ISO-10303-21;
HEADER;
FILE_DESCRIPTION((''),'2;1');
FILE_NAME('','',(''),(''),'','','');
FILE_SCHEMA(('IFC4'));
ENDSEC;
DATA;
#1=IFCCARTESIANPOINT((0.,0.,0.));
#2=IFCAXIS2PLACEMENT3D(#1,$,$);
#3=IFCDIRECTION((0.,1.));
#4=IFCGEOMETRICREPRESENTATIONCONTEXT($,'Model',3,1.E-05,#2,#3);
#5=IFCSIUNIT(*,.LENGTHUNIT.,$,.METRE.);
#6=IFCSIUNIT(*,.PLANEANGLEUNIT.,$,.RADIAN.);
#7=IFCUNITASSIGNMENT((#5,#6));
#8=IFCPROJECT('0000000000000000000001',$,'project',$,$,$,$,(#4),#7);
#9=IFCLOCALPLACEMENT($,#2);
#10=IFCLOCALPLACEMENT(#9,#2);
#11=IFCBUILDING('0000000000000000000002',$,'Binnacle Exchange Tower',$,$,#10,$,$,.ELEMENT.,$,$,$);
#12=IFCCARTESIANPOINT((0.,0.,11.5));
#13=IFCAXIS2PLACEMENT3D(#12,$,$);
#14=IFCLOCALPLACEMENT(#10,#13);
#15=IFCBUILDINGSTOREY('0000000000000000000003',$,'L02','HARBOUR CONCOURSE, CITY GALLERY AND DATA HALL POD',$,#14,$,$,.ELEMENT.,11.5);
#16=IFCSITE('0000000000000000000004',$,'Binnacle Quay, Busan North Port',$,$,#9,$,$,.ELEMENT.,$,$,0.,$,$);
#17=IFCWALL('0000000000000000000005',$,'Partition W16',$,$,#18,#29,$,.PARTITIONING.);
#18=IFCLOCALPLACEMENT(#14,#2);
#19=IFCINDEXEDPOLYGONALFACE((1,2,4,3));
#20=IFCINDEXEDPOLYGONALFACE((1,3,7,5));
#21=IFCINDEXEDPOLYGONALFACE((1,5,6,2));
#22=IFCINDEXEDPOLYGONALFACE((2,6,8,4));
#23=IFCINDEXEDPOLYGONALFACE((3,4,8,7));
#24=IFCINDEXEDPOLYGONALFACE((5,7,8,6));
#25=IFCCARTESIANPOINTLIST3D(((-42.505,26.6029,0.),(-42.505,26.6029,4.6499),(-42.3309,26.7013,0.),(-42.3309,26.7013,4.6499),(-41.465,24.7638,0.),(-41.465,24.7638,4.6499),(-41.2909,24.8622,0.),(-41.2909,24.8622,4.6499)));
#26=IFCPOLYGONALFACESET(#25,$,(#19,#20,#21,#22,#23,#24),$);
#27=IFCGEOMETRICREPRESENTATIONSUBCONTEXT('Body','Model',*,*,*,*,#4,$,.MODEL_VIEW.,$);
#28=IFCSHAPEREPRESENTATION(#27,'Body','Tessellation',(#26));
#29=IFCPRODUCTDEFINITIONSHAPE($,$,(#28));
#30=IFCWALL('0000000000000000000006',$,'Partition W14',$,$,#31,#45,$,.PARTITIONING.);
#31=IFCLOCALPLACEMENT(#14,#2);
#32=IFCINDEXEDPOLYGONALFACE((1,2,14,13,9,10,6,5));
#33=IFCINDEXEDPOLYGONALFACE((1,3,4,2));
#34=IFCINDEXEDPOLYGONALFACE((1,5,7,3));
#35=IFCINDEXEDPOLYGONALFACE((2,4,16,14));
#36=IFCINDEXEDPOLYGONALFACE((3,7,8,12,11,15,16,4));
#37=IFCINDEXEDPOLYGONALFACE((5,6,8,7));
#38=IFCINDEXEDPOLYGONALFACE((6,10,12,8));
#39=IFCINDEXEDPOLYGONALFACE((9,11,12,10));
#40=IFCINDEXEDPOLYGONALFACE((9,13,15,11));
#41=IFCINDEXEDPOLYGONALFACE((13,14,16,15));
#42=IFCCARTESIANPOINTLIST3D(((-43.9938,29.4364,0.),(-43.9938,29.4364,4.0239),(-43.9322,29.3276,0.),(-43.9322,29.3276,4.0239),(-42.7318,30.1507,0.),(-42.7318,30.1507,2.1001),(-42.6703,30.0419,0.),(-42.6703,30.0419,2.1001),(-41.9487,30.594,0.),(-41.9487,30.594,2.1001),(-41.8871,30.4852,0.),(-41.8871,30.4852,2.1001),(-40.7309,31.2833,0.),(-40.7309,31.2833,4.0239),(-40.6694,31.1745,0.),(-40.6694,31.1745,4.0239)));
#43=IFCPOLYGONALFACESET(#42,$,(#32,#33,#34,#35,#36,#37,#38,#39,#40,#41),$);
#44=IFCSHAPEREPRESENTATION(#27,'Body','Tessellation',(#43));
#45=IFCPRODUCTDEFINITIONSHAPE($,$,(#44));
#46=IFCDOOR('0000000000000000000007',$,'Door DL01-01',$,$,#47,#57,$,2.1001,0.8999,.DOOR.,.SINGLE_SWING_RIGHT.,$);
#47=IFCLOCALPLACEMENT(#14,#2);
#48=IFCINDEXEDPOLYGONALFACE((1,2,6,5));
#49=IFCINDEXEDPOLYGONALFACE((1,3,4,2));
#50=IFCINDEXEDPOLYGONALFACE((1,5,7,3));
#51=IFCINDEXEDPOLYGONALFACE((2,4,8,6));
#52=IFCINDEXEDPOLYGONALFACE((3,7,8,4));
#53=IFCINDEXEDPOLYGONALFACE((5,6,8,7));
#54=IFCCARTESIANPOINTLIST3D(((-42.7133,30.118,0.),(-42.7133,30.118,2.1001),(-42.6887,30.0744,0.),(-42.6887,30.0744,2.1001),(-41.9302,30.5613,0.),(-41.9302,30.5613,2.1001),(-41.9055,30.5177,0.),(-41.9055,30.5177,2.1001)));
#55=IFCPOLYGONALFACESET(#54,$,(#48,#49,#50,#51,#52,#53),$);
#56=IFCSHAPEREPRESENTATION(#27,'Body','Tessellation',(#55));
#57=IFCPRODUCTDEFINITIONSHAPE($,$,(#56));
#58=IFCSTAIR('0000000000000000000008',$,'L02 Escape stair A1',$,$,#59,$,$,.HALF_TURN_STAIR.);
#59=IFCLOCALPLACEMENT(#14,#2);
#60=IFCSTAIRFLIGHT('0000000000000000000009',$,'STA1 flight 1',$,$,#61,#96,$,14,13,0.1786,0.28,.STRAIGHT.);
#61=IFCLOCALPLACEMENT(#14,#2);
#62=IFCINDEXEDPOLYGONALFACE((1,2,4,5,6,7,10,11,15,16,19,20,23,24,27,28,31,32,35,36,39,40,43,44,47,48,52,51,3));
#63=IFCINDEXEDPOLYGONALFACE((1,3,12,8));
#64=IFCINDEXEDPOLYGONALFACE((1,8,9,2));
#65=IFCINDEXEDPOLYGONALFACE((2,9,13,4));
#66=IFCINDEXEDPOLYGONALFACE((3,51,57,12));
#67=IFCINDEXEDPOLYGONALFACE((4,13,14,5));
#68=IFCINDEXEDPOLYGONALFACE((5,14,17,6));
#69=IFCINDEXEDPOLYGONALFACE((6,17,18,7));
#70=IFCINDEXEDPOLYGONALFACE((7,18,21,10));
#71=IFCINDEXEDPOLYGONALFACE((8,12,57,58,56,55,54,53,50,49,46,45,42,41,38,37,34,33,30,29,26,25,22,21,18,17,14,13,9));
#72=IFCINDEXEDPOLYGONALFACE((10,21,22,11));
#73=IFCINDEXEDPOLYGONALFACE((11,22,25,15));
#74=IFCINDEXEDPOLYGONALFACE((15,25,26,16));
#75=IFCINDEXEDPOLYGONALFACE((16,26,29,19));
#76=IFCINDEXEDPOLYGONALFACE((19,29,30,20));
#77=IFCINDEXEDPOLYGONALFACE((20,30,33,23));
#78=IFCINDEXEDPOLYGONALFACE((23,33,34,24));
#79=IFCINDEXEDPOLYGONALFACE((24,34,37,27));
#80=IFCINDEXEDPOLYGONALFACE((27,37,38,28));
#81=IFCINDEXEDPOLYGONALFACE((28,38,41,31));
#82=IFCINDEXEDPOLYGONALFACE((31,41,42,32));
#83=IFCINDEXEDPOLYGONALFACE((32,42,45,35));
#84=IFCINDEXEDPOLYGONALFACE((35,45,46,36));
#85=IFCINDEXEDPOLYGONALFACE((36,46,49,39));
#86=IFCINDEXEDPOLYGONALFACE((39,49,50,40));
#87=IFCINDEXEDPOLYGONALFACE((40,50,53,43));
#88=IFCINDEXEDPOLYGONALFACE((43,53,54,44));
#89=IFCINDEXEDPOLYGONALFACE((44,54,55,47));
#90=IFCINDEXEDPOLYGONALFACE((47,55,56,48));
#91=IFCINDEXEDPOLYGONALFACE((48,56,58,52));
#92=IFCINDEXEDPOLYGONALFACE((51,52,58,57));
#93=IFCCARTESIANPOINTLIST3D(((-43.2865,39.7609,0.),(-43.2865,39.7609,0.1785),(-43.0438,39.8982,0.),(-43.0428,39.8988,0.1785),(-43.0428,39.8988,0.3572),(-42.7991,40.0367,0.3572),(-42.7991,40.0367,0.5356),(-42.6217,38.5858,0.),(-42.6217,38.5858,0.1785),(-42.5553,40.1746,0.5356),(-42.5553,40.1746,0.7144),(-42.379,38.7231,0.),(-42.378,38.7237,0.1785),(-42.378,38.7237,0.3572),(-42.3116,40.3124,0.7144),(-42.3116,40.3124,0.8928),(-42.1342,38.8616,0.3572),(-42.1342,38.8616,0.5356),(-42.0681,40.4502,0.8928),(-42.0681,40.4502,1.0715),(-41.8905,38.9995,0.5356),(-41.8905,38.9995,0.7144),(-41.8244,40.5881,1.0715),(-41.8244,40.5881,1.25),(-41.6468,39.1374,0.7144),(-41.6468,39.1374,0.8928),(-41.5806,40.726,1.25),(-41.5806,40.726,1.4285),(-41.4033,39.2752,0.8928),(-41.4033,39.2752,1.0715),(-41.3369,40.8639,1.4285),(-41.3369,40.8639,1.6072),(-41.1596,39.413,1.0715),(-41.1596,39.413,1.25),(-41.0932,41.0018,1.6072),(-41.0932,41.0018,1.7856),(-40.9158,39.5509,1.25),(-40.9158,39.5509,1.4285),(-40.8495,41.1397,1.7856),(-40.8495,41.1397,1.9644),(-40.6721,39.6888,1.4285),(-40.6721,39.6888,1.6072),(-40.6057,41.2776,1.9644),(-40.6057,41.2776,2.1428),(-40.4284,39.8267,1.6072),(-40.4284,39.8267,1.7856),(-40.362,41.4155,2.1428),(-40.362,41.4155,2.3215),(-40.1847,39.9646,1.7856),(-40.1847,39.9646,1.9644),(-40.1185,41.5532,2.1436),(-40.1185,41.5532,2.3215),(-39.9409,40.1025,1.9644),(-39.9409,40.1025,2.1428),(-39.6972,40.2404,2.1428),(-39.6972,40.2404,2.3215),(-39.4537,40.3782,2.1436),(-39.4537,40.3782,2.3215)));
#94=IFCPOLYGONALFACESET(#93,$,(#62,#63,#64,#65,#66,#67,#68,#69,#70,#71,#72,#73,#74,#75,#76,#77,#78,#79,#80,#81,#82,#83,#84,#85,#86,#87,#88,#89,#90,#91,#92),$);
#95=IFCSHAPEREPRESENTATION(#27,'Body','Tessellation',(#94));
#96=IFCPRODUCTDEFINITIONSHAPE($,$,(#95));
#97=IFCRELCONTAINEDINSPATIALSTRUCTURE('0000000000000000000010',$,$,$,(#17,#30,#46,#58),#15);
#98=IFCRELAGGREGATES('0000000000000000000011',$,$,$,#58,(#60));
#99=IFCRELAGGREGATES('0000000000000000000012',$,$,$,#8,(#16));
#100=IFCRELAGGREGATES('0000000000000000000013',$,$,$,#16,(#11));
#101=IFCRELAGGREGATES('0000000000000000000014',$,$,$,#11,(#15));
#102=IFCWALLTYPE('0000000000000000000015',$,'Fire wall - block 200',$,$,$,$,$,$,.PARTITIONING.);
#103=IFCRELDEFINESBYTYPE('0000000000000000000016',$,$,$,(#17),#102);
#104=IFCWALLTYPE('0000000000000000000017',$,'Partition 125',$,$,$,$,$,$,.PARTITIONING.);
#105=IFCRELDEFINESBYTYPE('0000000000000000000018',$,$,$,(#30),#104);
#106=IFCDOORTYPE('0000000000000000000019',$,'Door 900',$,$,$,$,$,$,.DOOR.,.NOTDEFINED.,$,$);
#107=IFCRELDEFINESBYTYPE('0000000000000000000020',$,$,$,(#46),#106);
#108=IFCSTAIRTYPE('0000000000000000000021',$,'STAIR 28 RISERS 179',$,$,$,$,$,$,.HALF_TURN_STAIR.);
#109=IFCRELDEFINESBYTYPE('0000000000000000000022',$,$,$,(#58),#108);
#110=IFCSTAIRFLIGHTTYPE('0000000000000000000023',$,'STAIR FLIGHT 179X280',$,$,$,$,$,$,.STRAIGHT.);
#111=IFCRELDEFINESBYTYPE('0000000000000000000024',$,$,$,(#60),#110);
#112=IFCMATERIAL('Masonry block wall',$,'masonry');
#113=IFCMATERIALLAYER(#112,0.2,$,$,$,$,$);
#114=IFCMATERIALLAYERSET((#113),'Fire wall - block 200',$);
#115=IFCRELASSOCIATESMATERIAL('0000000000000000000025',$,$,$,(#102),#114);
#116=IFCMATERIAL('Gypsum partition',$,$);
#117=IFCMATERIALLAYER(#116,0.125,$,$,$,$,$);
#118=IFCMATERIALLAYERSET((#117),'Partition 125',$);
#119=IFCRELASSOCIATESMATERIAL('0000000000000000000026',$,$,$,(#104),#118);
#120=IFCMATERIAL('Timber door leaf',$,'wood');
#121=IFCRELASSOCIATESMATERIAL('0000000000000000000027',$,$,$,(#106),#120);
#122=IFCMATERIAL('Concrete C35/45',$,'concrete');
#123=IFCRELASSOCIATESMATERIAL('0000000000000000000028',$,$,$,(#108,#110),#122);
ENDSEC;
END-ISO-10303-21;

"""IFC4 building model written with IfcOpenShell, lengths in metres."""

from ifc_helpers import new_model, si_unit, direction, frame, frame_2d, origin, place, context, subcontext, project, spatial, polyline, rectangle, outline, extrude, material, layer, layer_set, type_object, element, fill, aggregate, save


model = new_model("IFC4")

# Units and contexts
model_context = context("Model", 3, precision=1e-05, world=origin(), true_north=direction((0.0, 1.0)))
body_context = subcontext(model_context, "Body", "Model", "MODEL_VIEW")
ifc_project = project(units=[si_unit("LENGTHUNIT", "METRE"), si_unit("PLANEANGLEUNIT", "RADIAN")], contexts=[model_context])

# Site, building, storey
site_placement = place(None, origin())
site = spatial("IfcSite", under=ifc_project, at=site_placement, Name="Binnacle Quay, Busan North Port", CompositionType="ELEMENT", RefElevation=0.0)
building_placement = place(site_placement, origin())
building = spatial("IfcBuilding", under=site, at=building_placement, Name="Binnacle Exchange Tower", CompositionType="ELEMENT")
storey_placement = place(building_placement, frame((0.0, 0.0, 11.5)))
storey = spatial("IfcBuildingStorey", under=building, at=storey_placement, Name="L02", Description="HARBOUR CONCOURSE, CITY GALLERY AND DATA HALL POD", CompositionType="ELEMENT", Elevation=11.5)

# Wall
ifc_material_1 = material(Name="Masonry block wall", Category="masonry")
ifc_layer_1 = layer(ifc_material_1, 0.2)
ifc_layer_set_1 = layer_set([ifc_layer_1], Name="Fire wall - block 200")
wall_type_1 = type_object("IfcWallType", Name="Fire wall - block 200", PredefinedType="PARTITIONING", material=ifc_layer_set_1)
wall_1_placement = place(storey_placement, frame((-42.418, 26.6521, 0.0), z_axis=(0.0, 0.0, 1.0), x_axis=(0.492251, -0.870453, 0.0)))
element("IfcWall", 1, at=wall_1_placement, inside=storey, type_object=wall_type_1, Name="Partition W16", PredefinedType="PARTITIONING", context=body_context, shape_type="SweptSolid", body=[
    extrude(rectangle(XDim=2.1128, YDim=0.2, at=frame_2d((1.0564, 0.0))), origin(), (0.0, 0.0, 1.0), 4.6499),
])

# Wall, opening, door
ifc_material_2 = material(Name="Gypsum partition")
ifc_layer_2 = layer(ifc_material_2, 0.125)
ifc_layer_set_2 = layer_set([ifc_layer_2], Name="Partition 125")
wall_type_2 = type_object("IfcWallType", Name="Partition 125", PredefinedType="PARTITIONING", material=ifc_layer_set_2)
wall_2_placement = place(storey_placement, frame((-43.9629, 29.3821, 0.0), z_axis=(0.0, 0.0, 1.0), x_axis=(0.870259, 0.492594, 0.0)))
wall_2 = element("IfcWall", 2, at=wall_2_placement, inside=storey, type_object=wall_type_2, Name="Partition W14", PredefinedType="PARTITIONING", context=body_context, shape_type="SweptSolid", body=[
    extrude(rectangle(XDim=3.7493, YDim=0.125, at=frame_2d((1.8745, 0.0))), origin(), (0.0, 0.0, 1.0), 4.0239),
])
opening_1_placement = place(wall_2_placement, frame((1.45, 0.0, 0.0)))
opening_1 = element("IfcOpeningElement", 3, at=opening_1_placement, cuts=wall_2, PredefinedType="OPENING", context=body_context, shape_type="SweptSolid", body=[
    extrude(rectangle(XDim=0.8999, YDim=2.1001, at=frame_2d((0.45, 1.05))), frame((0.0, 0.0725, 0.0), z_axis=(0.0, -1.0, 0.0), x_axis=(1.0, 0.0, 0.0)), (0.0, 0.0, 1.0), 0.145),
])
ifc_material_3 = material(Name="Timber door leaf", Category="wood")
door_type_1 = type_object("IfcDoorType", Name="Door 900", OperationType="NOTDEFINED", PredefinedType="DOOR", material=ifc_material_3)
door_1_placement = place(opening_1_placement, origin())
door_1 = element("IfcDoor", 4, at=door_1_placement, inside=storey, type_object=door_type_1, Name="Door DL01-01", OperationType="SINGLE_SWING_RIGHT", OverallHeight=2.1001, OverallWidth=0.8999, PredefinedType="DOOR", context=body_context, shape_type="SweptSolid", body=[
    extrude(rectangle(XDim=0.8999, YDim=2.1001, at=frame_2d((0.45, 1.05))), frame((0.0, 0.0249, 0.0), z_axis=(0.0, -1.0, 0.0), x_axis=(1.0, 0.0, 0.0)), (0.0, 0.0, 1.0), 0.05),
])
fill(opening_1, door_1)

# Stair, stair flight
ifc_material_4 = material(Name="Concrete C35/45", Category="concrete")
stair_type = type_object("IfcStairType", Name="STAIR 28 RISERS 179", PredefinedType="HALF_TURN_STAIR", material=ifc_material_4)
stair_placement = place(storey_placement, origin())
stair = element("IfcStair", 5, at=stair_placement, inside=storey, type_object=stair_type, Name="L02 Escape stair A1", PredefinedType="HALF_TURN_STAIR")
stair_flight_type = type_object("IfcStairFlightType", Name="STAIR FLIGHT 179X280", PredefinedType="STRAIGHT", material=ifc_material_4)
stair_flight_placement = place(storey_placement, frame((-42.9541, 39.1733, 0.0), z_axis=(0.0, 0.0, 1.0), x_axis=(0.870356, 0.492424, 0.0)))
stair_flight = element("IfcStairFlight", 6, at=stair_flight_placement, type_object=stair_flight_type, Name="STA1 flight 1", NumberOfRisers=14, NumberOfTreads=13, PredefinedType="STRAIGHT", RiserHeight=0.1786, TreadLength=0.28, context=body_context, shape_type="SweptSolid", body=[
    extrude(outline(polyline([(0.0, 0.0), (0.0, 0.1785), (0.28, 0.1785), (0.28, 0.3572), (0.5601, 0.3572), (0.5601, 0.5356), (0.8401, 0.5356), (0.8401, 0.7144), (1.1201, 0.7144), (1.1201, 0.8928), (1.3999, 0.8928), (1.3999, 1.0715), (1.6799, 1.0715), (1.6799, 1.25), (1.96, 1.25), (1.96, 1.4285), (2.24, 1.4285), (2.24, 1.6072), (2.52, 1.6072), (2.52, 1.7856), (2.8, 1.7856), (2.8, 1.9644), (3.0801, 1.9644), (3.0801, 2.1428), (3.3601, 2.1428), (3.3601, 2.3215), (3.6399, 2.3215), (3.6399, 2.5), (3.6399, 2.1436), (0.2788, 0.0), (0.0, 0.0)])), frame((0.0, 0.675, 0.0), z_axis=(0.0, -1.0, 0.0), x_axis=(1.0, 0.0, 0.0)), (0.0, 0.0, 1.0), 1.3501),
])
aggregate(stair, [stair_flight])

save(model, "model.ifc")
